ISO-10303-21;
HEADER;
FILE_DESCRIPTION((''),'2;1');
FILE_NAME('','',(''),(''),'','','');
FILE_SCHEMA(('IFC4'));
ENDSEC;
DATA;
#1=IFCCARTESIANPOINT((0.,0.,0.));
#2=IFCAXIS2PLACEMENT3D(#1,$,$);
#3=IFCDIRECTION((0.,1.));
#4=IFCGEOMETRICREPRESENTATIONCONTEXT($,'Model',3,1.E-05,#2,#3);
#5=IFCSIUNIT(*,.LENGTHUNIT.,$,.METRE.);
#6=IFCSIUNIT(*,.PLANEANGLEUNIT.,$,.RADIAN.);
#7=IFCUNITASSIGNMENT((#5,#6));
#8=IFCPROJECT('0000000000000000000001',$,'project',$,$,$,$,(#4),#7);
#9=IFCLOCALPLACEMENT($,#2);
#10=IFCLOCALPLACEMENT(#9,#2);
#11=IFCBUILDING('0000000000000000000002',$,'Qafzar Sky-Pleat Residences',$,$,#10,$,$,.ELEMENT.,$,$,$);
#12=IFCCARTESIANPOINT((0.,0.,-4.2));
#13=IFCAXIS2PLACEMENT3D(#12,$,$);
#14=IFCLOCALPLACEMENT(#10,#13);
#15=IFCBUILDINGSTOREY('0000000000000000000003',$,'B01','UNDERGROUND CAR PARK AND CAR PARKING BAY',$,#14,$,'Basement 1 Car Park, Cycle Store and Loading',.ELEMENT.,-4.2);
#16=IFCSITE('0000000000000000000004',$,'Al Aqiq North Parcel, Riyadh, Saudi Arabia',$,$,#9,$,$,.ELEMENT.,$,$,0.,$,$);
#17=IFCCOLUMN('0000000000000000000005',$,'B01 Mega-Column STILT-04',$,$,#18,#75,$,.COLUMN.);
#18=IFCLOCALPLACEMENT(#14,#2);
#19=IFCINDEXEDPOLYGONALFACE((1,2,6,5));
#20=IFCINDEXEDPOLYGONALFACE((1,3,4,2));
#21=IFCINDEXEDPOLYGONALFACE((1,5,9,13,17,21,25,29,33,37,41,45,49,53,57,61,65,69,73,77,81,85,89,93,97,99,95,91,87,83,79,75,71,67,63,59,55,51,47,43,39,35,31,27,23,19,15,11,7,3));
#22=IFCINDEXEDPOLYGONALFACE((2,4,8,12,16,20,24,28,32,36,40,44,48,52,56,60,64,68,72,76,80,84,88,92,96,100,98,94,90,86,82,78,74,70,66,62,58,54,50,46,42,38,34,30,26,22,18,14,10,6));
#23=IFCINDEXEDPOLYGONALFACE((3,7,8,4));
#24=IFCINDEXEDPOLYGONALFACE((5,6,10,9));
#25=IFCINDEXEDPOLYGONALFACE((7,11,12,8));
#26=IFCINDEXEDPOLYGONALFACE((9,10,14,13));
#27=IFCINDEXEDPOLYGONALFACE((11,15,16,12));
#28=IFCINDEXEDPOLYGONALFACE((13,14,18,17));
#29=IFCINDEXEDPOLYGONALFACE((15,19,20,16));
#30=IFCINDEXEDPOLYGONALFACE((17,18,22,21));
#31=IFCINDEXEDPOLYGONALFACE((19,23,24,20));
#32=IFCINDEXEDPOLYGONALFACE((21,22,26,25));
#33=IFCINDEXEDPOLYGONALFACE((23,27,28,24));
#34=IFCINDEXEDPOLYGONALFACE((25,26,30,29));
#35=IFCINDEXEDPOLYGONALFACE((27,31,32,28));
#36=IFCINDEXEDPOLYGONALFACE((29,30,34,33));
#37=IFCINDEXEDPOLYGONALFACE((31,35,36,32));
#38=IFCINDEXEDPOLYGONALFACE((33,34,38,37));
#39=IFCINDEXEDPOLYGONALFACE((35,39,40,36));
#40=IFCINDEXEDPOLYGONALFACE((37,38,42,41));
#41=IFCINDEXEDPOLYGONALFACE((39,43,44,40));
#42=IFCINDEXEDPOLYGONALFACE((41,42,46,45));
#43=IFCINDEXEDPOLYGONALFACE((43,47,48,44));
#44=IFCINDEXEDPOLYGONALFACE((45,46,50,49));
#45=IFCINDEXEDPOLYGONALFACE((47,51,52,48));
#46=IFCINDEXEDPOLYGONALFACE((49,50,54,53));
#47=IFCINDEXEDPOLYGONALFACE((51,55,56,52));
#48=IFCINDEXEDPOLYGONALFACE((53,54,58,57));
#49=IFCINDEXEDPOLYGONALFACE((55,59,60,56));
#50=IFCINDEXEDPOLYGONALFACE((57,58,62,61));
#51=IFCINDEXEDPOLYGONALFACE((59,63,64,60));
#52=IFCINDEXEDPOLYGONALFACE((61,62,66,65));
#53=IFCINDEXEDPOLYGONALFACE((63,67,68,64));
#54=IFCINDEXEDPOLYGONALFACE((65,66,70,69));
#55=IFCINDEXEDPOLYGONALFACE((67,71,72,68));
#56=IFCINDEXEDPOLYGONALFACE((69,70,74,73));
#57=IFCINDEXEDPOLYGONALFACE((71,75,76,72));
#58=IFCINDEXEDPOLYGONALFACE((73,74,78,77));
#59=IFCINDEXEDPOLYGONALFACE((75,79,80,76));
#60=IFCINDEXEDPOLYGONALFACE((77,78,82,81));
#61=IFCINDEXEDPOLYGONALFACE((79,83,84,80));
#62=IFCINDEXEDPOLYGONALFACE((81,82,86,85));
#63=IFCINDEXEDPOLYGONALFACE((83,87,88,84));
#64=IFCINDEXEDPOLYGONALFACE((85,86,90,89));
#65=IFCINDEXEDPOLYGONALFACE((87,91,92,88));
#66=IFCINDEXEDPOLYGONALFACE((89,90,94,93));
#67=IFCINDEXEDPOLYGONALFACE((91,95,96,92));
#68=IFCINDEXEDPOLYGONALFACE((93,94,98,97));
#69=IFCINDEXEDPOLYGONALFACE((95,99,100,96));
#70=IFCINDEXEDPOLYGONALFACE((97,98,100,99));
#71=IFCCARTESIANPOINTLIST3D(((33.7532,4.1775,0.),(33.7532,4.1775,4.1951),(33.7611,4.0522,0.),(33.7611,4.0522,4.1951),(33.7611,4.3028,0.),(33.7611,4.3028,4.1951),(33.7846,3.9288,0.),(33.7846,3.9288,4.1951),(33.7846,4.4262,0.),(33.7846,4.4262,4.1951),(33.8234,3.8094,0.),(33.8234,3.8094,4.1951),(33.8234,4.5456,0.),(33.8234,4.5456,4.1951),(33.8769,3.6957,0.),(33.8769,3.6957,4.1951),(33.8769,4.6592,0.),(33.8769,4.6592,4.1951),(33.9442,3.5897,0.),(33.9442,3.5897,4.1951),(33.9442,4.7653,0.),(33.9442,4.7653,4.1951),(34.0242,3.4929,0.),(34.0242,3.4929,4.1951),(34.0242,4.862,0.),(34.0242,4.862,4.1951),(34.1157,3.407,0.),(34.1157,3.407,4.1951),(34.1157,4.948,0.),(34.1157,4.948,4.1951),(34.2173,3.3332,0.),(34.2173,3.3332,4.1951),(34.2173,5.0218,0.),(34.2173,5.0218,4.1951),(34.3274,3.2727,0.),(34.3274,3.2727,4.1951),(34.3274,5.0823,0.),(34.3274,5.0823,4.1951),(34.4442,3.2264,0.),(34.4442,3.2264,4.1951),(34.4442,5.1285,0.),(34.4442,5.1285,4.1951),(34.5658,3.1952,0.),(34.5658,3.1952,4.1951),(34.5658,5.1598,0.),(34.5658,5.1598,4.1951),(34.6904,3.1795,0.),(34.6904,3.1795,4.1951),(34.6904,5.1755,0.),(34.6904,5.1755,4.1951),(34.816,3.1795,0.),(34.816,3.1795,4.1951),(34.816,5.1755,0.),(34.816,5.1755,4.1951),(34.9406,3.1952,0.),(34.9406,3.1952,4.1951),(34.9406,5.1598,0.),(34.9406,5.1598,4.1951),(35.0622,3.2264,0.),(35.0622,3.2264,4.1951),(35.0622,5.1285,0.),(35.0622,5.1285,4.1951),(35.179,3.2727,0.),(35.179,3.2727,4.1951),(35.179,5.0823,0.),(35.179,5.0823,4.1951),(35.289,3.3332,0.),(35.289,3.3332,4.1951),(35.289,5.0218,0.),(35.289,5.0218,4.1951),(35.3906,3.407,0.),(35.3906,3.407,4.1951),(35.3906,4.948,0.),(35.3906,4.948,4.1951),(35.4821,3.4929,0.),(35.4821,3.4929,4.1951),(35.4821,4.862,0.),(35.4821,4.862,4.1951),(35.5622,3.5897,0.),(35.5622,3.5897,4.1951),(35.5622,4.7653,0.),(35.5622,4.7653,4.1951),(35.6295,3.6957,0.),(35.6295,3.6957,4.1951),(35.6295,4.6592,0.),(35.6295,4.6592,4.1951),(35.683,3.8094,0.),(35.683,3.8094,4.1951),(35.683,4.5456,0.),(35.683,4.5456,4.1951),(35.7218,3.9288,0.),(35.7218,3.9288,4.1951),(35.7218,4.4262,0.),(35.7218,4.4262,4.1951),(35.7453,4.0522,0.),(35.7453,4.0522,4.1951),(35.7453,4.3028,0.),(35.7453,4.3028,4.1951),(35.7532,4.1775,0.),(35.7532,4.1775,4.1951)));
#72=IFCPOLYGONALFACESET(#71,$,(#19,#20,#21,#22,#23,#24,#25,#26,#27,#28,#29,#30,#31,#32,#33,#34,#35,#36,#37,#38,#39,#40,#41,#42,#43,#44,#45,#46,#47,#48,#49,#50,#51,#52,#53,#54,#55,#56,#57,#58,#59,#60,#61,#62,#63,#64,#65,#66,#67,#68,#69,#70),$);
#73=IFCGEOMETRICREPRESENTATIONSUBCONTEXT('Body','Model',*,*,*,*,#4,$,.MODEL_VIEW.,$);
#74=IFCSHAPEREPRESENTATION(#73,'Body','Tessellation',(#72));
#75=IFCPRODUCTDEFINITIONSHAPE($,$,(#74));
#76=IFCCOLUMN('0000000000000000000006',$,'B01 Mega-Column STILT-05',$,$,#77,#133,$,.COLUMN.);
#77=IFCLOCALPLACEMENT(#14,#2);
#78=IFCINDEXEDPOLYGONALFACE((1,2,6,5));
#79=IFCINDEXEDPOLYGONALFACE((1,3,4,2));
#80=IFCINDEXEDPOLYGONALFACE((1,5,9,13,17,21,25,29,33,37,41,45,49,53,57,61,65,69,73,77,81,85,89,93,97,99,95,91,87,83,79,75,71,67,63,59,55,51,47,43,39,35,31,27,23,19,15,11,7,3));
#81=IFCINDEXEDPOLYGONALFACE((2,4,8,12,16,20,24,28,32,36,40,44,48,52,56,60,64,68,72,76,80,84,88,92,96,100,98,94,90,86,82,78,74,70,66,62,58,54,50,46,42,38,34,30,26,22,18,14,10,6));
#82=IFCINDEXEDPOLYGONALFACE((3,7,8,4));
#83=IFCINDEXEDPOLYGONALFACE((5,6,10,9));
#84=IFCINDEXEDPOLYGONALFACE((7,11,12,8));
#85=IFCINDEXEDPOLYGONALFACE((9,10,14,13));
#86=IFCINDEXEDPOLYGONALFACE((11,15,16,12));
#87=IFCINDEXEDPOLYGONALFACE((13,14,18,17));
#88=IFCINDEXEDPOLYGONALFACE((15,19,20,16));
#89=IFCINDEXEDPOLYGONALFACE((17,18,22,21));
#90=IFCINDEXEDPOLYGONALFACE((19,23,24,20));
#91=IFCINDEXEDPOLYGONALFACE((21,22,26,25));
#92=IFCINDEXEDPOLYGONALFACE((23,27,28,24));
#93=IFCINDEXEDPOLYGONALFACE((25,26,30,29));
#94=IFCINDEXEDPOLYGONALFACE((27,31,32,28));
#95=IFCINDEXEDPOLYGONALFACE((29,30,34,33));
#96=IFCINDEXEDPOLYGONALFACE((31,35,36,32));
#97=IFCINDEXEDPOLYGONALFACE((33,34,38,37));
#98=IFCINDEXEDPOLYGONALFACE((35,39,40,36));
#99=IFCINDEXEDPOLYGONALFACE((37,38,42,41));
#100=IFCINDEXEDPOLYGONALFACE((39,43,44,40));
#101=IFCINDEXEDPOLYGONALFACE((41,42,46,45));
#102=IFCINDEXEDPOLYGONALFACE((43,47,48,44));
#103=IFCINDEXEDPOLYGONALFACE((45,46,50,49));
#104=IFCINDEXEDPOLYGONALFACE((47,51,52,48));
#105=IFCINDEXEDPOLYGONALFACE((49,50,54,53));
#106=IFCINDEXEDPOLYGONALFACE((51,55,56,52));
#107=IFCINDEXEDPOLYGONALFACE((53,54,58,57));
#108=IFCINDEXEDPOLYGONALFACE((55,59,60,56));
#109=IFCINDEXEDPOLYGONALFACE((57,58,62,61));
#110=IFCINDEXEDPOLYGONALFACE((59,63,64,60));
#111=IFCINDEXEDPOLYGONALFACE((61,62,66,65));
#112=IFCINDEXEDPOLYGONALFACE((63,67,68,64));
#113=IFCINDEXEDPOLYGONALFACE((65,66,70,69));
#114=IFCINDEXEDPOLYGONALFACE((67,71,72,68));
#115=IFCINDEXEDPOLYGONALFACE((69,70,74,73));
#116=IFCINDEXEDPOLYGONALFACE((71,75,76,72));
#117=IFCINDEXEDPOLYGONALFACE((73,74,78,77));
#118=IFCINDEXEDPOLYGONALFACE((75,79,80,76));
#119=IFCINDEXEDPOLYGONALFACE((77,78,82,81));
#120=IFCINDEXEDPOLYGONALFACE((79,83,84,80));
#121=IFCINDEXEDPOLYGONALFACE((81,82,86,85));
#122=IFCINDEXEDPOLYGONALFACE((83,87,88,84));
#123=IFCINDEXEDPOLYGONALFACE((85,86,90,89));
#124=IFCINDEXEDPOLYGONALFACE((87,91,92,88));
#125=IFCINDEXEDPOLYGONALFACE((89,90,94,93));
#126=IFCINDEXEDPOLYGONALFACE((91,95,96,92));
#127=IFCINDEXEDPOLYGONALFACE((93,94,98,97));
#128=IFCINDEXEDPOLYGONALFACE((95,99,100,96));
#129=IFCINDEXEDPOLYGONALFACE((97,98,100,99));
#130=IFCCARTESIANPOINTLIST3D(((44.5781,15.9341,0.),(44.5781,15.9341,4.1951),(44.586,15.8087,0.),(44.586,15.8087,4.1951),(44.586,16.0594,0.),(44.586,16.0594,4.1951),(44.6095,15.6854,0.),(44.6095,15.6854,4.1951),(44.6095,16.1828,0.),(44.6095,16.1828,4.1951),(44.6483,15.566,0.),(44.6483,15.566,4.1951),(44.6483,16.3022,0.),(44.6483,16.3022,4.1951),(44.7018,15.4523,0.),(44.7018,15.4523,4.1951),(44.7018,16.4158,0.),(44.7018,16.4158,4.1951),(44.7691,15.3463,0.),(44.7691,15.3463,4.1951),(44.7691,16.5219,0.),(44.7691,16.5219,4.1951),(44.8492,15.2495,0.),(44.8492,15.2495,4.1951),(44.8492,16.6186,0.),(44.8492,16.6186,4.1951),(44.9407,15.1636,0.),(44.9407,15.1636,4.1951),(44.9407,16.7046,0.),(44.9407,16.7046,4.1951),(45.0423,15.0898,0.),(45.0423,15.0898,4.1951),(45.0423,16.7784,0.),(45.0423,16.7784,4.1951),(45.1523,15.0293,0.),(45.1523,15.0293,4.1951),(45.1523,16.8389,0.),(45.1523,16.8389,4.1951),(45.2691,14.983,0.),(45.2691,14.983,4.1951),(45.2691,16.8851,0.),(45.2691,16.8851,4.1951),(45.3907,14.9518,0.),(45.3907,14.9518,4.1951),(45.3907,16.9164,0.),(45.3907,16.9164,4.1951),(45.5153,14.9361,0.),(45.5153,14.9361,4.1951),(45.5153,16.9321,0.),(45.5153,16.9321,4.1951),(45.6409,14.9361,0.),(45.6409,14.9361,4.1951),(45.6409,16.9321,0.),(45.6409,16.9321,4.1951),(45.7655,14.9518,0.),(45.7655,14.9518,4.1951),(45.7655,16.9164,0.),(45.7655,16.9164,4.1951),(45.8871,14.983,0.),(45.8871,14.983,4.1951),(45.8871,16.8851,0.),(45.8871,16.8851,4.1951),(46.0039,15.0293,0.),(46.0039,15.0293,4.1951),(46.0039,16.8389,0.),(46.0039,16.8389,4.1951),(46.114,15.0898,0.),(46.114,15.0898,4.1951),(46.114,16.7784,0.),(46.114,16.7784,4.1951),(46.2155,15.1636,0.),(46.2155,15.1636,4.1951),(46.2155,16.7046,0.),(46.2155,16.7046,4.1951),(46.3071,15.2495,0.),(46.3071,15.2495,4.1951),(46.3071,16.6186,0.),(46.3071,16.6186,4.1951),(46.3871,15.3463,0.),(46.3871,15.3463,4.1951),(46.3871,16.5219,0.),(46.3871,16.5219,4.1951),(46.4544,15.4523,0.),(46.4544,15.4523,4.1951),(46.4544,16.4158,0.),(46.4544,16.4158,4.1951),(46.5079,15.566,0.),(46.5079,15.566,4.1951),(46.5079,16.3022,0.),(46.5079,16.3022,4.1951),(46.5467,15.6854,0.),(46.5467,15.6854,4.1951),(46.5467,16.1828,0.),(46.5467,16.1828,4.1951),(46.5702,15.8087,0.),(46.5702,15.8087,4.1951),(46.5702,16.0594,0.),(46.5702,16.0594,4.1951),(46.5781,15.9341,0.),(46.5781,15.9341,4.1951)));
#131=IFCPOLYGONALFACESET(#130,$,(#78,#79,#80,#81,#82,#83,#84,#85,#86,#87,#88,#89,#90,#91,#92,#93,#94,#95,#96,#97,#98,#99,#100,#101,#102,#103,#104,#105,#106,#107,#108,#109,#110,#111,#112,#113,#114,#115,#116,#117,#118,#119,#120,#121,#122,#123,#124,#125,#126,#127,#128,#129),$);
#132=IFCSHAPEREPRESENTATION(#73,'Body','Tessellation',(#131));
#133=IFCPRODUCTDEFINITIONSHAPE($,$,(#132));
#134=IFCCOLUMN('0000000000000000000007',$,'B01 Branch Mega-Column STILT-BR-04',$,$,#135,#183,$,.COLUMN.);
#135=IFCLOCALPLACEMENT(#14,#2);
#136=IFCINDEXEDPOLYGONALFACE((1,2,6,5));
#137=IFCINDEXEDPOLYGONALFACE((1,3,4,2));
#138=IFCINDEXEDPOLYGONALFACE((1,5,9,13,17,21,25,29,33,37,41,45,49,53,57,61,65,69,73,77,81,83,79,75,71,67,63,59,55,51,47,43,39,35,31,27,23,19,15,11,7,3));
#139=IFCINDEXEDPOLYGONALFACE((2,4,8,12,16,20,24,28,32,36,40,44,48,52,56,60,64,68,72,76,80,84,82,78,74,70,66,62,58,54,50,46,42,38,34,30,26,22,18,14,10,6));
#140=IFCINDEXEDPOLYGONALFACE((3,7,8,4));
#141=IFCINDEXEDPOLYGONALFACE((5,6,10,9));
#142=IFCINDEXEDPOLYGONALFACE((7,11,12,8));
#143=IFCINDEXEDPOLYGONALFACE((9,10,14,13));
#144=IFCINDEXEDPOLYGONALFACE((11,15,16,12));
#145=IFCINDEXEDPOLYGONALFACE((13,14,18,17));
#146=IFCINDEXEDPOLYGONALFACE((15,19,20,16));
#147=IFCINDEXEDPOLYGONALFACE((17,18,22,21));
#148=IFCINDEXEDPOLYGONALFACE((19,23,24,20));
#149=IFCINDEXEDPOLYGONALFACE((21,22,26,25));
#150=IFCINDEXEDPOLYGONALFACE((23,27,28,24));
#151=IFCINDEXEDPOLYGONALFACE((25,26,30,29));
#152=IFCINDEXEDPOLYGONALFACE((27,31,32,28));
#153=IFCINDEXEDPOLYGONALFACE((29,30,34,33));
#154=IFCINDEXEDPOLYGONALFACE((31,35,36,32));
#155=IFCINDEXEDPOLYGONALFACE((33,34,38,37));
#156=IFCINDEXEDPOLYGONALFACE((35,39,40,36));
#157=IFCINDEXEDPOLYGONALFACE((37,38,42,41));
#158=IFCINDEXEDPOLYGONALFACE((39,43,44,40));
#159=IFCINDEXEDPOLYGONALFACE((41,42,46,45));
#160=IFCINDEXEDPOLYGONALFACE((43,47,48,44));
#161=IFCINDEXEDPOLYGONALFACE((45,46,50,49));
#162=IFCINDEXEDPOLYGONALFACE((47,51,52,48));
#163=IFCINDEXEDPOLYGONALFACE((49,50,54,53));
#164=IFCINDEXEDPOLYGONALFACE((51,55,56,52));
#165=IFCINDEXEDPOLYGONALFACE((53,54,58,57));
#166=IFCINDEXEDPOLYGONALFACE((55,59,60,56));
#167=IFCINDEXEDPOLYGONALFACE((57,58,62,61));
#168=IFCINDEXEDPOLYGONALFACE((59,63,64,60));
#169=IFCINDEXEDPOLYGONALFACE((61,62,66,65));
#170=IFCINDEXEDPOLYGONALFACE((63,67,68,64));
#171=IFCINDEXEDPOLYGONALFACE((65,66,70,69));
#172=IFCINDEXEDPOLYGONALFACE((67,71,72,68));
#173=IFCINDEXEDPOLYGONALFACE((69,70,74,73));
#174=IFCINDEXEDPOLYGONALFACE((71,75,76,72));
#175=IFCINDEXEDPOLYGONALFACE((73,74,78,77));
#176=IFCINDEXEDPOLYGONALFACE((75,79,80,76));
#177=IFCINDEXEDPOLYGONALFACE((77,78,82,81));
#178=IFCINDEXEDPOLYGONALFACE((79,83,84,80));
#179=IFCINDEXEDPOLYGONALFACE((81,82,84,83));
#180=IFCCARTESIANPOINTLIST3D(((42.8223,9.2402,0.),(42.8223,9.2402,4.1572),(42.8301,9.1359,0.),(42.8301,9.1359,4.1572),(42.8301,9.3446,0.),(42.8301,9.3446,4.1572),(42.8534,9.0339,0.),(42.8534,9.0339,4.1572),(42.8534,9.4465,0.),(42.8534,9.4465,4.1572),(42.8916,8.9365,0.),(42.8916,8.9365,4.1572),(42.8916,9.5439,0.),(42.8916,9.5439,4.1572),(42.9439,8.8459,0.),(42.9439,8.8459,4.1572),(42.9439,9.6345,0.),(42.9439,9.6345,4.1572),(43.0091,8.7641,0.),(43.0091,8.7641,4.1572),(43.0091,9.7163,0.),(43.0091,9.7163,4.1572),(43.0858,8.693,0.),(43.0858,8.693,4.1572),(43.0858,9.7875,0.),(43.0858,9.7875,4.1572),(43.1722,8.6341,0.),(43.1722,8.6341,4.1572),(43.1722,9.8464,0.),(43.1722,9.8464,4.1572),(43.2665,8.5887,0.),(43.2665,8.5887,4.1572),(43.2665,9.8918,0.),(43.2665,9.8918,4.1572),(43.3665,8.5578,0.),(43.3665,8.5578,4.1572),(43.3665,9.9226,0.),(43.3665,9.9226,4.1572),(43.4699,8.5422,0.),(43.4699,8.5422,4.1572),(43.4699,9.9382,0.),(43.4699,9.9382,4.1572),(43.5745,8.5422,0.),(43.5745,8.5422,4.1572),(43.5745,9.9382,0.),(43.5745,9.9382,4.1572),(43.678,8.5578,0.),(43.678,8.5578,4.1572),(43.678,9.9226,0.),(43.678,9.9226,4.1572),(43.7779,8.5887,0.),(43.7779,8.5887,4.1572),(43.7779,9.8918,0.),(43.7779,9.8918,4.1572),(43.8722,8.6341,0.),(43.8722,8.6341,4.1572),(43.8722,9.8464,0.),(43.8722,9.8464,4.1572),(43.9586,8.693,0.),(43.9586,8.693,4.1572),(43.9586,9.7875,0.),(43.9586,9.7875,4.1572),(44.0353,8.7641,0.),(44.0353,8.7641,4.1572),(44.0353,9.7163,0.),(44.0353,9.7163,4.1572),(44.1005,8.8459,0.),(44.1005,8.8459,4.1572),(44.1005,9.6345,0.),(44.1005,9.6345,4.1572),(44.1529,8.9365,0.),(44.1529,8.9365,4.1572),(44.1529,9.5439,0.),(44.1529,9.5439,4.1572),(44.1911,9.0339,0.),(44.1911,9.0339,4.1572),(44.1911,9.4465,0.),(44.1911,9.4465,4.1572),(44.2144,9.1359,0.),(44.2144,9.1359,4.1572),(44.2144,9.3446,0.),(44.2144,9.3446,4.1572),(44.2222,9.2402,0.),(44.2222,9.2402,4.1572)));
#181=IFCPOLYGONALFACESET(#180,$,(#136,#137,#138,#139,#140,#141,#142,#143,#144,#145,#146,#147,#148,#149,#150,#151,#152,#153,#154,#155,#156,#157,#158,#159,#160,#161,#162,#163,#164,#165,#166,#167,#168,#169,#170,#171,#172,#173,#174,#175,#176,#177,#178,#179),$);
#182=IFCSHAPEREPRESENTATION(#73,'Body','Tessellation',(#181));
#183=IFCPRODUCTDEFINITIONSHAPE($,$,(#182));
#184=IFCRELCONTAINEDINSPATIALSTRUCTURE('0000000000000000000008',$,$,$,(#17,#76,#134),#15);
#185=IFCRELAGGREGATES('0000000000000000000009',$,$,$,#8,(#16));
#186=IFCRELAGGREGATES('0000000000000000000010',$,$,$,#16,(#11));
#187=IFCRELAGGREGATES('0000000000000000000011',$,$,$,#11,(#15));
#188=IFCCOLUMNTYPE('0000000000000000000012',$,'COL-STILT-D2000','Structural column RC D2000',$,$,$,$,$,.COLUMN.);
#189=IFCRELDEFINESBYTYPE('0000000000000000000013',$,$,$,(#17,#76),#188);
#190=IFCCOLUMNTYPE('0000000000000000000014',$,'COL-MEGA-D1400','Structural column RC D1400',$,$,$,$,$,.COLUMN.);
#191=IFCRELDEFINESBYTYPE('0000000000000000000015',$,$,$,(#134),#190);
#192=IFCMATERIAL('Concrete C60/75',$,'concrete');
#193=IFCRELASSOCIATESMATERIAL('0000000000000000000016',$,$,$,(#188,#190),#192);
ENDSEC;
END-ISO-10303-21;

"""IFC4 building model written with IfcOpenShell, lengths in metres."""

from ifc_helpers import new_model, si_unit, direction, frame, origin, origin_2d, place, context, subcontext, project, spatial, circle, extrude, source, transform, mapped, material, material_profile, profile_set, type_object, element, save


model = new_model("IFC4")

# Units and contexts
model_context = context("Model", 3, precision=1e-05, world=origin(), true_north=direction((0.0, 1.0)))
body_context = subcontext(model_context, "Body", "Model", "MODEL_VIEW")
ifc_project = project(units=[si_unit("LENGTHUNIT", "METRE"), si_unit("PLANEANGLEUNIT", "RADIAN")], contexts=[model_context])

# Site, building, storey
site_placement = place(None, origin())
site = spatial("IfcSite", under=ifc_project, at=site_placement, Name="Al Aqiq North Parcel, Riyadh, Saudi Arabia", CompositionType="ELEMENT", RefElevation=0.0)
building_placement = place(site_placement, origin())
building = spatial("IfcBuilding", under=site, at=building_placement, Name="Qafzar Sky-Pleat Residences", CompositionType="ELEMENT")
storey_placement = place(building_placement, frame((0.0, 0.0, -4.2)))
storey = spatial("IfcBuildingStorey", under=building, at=storey_placement, Name="B01", Description="UNDERGROUND CAR PARK AND CAR PARKING BAY", LongName="Basement 1 Car Park, Cycle Store and Loading", CompositionType="ELEMENT", Elevation=-4.2)

# Columns
ifc_material_1 = material(Name="Concrete C60/75", Category="concrete")
ifc_material_profile_1 = material_profile(ifc_material_1, circle(Radius=1.0, at=origin_2d()), Name="RC D2000")
ifc_profile_set_1 = profile_set([ifc_material_profile_1], Name="Concrete C60/75")
column_type_1 = type_object("IfcColumnType", Name="COL-STILT-D2000", Description="Structural column RC D2000", PredefinedType="COLUMN", material=ifc_profile_set_1)
shared_shape_1 = source(origin(), body_context, "Body", "SweptSolid", [
    extrude(circle(Radius=1.0, at=origin_2d()), origin(), (0.0, 0.0, 1.0), 4.1951),
])
for number, where, z_axis, x_axis, name in (
    (1, (34.7532, 4.1775, 0.0), (0.0, 0.0, 1.0), (1.0, 0.0, 0.0), "B01 Mega-Column STILT-04"),
    (2, (45.5781, 15.9341, 0.0), (0.0, 0.0, 1.0), (1.0, 0.0, 0.0), "B01 Mega-Column STILT-05"),
):
    element("IfcColumn", number, at=place(storey_placement, frame(where, z_axis=z_axis, x_axis=x_axis)), inside=storey, type_object=column_type_1, Name=name, PredefinedType="COLUMN", context=body_context, shape_type="MappedRepresentation", body=[
        mapped(shared_shape_1, transform((0.0, 0.0, 0.0), x_axis=(1.0, 0.0, 0.0), y_axis=(0.0, 1.0, 0.0), z_axis=(0.0, 0.0, 1.0), scale=1.0)),
    ])
ifc_material_profile_2 = material_profile(ifc_material_1, circle(Radius=0.7, at=origin_2d()), Name="RC D1400")
ifc_profile_set_2 = profile_set([ifc_material_profile_2], Name="Concrete C60/75")
column_type_2 = type_object("IfcColumnType", Name="COL-MEGA-D1400", Description="Structural column RC D1400", PredefinedType="COLUMN", material=ifc_profile_set_2)
shared_shape_2 = source(origin(), body_context, "Body", "SweptSolid", [
    extrude(circle(Radius=0.7, at=origin_2d()), origin(), (0.0, 0.0, 1.0), 4.1572),
])
column_1_placement = place(storey_placement, frame((43.5222, 9.2402, 0.0), z_axis=(0.0, 0.0, 1.0), x_axis=(1.0, 0.0, 0.0)))
element("IfcColumn", 3, at=column_1_placement, inside=storey, type_object=column_type_2, Name="B01 Branch Mega-Column STILT-BR-04", PredefinedType="COLUMN", context=body_context, shape_type="MappedRepresentation", body=[
    mapped(shared_shape_2, transform((0.0, 0.0, 0.0), x_axis=(1.0, 0.0, 0.0), y_axis=(0.0, 1.0, 0.0), z_axis=(0.0, 0.0, 1.0), scale=1.0)),
])

save(model, "model.ifc")
